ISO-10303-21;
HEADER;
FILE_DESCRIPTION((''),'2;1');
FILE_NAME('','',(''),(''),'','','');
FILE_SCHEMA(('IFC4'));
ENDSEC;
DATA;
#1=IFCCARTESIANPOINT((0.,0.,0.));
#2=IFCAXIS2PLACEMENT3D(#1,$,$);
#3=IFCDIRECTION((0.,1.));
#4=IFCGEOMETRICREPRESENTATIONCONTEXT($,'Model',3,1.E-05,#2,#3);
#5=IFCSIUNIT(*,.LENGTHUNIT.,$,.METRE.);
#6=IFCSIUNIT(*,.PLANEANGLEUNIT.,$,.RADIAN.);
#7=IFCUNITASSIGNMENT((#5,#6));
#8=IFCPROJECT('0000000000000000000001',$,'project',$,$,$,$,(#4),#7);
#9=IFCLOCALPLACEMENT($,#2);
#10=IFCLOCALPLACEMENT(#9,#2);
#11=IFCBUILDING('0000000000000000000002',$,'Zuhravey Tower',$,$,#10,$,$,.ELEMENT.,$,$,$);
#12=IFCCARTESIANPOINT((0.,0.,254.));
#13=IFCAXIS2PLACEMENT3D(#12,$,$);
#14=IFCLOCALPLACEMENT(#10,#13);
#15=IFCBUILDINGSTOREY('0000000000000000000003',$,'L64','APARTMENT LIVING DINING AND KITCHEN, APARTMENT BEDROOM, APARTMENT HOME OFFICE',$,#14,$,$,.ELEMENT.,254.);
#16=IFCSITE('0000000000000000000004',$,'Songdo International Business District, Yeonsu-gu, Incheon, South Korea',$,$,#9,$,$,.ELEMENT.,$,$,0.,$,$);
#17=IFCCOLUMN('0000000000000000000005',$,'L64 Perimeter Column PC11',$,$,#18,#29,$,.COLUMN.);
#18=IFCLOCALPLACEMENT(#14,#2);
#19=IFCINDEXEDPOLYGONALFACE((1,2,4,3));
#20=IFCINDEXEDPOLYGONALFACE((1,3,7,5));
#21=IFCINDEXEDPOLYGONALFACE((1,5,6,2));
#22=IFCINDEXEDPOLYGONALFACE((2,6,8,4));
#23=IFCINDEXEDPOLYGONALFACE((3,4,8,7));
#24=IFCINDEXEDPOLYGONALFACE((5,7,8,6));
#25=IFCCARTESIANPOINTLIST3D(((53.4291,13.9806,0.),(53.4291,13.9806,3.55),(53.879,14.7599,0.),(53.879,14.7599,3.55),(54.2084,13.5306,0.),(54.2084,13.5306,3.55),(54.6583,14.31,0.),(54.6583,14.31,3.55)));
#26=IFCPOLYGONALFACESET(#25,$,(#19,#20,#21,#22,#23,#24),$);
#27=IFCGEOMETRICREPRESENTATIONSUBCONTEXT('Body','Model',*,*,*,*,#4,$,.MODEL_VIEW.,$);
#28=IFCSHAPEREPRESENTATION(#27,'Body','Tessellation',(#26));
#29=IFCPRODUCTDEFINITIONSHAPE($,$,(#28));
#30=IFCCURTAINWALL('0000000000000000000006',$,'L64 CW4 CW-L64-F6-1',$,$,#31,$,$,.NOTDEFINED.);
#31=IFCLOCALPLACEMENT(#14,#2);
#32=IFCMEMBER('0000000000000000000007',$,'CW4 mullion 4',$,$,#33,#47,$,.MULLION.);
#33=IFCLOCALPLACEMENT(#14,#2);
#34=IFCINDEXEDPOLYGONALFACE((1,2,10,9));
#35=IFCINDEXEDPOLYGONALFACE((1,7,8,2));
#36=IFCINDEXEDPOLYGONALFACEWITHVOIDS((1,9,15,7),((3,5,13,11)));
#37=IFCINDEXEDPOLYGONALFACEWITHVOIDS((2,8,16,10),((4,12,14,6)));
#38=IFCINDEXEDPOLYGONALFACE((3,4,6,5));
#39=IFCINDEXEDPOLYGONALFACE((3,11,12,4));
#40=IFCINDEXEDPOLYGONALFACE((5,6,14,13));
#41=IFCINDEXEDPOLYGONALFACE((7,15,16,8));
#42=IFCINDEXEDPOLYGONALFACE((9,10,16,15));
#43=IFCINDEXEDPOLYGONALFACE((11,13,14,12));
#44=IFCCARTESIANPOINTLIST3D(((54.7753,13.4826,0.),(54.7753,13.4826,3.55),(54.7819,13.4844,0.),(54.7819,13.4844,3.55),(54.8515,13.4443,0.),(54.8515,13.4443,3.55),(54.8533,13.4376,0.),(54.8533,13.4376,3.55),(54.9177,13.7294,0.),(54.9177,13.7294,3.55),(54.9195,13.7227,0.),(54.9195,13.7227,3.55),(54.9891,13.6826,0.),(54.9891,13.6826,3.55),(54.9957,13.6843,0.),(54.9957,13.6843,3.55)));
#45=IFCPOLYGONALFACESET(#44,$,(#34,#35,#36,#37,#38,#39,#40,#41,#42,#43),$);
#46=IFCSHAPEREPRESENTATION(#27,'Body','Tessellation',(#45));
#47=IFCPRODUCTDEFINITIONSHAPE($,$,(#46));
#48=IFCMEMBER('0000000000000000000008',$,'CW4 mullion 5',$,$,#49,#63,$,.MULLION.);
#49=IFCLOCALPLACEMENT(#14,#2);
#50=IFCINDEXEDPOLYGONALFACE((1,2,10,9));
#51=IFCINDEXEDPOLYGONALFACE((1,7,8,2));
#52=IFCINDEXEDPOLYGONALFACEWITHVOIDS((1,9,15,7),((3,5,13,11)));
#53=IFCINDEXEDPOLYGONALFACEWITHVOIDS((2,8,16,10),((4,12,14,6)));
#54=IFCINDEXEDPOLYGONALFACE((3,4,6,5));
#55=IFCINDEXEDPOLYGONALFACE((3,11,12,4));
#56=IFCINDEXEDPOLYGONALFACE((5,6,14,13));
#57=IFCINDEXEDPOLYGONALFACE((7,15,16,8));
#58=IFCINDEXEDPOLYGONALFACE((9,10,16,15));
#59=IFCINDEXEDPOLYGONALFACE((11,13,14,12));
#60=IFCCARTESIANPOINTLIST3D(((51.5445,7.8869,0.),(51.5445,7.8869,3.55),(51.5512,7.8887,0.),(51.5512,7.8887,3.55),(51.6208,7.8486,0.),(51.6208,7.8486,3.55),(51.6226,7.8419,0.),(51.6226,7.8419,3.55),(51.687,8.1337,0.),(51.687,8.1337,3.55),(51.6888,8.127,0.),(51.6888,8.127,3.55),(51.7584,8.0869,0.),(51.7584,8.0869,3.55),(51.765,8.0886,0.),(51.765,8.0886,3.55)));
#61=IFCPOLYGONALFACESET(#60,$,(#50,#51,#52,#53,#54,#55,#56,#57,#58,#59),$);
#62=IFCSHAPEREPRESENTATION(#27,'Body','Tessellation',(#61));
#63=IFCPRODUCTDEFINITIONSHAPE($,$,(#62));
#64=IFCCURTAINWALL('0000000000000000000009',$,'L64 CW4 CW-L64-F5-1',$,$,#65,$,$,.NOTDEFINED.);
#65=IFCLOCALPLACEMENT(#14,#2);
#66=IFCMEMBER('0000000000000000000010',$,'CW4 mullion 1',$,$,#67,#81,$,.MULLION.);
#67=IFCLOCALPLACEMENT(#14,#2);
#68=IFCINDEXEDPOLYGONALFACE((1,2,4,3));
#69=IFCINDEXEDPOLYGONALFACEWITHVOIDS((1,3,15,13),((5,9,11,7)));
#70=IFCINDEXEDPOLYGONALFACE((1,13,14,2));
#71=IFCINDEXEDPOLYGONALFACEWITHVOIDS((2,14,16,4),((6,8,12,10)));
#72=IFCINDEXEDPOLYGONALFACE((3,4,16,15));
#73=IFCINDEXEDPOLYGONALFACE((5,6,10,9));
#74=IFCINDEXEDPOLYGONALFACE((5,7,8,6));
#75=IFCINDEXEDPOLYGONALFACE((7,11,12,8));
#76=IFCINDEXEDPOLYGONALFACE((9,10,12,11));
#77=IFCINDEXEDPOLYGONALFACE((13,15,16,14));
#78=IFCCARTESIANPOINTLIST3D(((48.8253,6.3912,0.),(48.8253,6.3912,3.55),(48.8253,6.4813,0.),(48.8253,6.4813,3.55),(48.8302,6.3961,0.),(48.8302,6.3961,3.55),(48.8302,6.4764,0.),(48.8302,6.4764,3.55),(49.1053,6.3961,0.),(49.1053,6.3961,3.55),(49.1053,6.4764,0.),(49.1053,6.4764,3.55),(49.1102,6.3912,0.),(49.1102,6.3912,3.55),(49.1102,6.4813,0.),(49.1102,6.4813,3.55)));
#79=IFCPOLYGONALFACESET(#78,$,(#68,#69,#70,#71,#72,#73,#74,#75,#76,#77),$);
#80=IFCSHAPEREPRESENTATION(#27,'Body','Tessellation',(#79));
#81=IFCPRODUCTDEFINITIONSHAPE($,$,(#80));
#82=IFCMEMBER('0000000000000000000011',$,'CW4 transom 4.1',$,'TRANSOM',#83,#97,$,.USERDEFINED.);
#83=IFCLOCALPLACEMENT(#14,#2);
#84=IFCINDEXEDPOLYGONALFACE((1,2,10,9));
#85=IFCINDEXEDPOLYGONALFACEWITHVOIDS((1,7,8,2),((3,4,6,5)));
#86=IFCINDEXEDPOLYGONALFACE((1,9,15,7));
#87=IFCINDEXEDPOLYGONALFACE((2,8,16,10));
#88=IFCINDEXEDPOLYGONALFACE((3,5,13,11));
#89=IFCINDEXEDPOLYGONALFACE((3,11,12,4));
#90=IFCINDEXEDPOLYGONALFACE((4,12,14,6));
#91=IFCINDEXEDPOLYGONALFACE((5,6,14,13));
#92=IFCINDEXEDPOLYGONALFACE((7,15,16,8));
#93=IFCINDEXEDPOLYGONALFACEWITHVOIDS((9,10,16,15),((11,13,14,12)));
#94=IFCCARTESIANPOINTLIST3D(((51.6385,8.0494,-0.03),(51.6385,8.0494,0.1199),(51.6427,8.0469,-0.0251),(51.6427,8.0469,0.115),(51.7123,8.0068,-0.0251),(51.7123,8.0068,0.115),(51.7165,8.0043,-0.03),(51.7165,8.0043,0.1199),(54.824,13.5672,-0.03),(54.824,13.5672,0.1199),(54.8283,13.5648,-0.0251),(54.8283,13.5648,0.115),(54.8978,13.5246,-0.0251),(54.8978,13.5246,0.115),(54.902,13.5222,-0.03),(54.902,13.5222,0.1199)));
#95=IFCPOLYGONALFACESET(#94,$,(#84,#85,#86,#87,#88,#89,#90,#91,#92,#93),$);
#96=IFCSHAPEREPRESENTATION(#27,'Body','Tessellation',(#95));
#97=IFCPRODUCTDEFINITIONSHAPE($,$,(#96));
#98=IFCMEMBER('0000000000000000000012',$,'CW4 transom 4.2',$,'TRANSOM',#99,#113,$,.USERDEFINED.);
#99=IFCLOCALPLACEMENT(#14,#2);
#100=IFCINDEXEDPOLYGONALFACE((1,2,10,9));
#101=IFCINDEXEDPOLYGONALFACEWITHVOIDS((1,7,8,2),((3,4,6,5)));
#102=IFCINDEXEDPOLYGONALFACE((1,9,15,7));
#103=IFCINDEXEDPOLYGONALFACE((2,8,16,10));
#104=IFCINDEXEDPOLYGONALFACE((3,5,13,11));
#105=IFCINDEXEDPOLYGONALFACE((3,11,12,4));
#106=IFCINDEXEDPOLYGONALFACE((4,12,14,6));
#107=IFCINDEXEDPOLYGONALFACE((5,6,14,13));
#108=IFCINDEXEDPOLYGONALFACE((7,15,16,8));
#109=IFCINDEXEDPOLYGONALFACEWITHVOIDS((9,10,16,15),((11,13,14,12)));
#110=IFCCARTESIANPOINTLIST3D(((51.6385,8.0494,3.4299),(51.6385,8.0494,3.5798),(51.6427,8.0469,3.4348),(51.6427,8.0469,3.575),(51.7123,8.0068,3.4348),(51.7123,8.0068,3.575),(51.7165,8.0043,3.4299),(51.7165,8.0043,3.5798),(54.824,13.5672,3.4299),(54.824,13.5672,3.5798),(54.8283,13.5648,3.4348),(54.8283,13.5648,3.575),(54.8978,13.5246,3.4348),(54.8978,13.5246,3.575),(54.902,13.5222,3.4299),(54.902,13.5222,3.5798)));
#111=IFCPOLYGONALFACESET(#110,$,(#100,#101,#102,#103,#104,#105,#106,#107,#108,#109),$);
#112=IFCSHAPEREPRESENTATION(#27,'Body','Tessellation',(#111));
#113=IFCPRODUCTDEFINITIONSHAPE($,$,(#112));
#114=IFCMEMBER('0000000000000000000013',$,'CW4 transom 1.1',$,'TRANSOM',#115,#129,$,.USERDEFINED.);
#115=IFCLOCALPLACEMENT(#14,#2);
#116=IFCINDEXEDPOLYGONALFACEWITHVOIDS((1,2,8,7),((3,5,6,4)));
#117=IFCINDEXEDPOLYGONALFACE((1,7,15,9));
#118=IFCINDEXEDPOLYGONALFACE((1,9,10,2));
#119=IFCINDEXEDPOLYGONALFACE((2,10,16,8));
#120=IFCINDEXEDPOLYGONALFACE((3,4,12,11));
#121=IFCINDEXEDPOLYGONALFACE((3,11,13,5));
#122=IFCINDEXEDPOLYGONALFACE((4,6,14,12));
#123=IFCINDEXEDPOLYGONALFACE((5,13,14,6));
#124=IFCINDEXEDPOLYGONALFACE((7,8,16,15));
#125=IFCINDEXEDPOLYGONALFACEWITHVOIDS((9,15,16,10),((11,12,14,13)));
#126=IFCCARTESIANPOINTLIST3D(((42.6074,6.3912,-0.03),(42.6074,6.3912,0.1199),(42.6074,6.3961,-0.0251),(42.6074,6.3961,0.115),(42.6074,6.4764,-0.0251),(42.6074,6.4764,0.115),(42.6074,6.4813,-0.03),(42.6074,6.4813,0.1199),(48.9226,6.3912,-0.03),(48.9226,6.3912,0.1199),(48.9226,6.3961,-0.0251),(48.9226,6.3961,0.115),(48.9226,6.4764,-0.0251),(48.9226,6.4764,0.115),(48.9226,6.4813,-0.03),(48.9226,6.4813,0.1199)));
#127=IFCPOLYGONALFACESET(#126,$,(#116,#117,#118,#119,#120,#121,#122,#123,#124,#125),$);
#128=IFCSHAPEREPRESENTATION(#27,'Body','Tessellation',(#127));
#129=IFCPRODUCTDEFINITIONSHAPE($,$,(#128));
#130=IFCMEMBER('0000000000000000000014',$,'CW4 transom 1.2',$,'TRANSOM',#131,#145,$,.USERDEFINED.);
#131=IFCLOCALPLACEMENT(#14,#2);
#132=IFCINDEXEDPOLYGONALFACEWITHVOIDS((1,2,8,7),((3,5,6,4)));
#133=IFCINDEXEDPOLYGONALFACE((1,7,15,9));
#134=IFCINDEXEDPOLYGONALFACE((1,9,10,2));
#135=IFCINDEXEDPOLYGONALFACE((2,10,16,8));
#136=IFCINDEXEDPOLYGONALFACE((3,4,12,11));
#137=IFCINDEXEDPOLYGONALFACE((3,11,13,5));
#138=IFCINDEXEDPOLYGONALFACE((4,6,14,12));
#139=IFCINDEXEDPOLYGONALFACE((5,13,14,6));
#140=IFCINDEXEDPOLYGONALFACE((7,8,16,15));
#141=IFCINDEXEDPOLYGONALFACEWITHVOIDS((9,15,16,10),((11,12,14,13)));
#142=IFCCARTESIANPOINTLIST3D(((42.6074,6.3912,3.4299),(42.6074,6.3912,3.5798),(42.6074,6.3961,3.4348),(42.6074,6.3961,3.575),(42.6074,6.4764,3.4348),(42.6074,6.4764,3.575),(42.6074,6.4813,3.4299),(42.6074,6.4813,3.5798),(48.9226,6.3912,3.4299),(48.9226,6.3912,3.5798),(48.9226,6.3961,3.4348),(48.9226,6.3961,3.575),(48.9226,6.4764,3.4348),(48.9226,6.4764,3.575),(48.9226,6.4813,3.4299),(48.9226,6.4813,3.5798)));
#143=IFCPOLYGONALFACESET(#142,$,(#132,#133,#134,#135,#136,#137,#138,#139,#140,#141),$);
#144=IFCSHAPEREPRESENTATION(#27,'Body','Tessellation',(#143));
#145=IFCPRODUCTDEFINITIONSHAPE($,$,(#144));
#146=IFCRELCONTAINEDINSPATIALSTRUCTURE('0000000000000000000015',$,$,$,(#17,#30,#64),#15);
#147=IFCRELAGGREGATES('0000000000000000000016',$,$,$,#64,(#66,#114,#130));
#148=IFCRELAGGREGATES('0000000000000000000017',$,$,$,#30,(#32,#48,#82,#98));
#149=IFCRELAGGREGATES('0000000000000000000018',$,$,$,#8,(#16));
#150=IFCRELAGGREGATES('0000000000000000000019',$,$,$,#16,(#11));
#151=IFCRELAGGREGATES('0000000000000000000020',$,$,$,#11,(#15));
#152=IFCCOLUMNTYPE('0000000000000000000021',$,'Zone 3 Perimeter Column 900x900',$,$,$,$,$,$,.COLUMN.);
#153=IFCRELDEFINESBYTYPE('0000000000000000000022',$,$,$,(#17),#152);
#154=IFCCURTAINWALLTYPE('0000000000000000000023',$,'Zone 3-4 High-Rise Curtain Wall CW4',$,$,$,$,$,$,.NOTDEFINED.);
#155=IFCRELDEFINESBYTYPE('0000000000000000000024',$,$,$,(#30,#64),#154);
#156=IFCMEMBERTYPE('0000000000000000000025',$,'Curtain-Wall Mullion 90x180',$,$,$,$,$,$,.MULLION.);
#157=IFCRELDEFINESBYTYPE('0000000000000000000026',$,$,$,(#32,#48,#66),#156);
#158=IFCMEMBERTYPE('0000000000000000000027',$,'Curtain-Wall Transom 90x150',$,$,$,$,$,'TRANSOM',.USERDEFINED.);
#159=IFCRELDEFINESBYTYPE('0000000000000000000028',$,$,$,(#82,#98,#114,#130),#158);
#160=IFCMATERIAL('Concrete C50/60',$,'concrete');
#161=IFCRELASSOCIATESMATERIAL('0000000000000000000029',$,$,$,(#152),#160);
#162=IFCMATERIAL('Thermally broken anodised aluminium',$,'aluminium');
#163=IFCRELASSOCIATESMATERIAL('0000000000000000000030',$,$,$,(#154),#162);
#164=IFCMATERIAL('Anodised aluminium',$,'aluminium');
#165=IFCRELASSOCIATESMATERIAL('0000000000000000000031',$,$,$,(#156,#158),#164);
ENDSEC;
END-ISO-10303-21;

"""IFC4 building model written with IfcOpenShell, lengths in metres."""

from ifc_helpers import new_model, si_unit, direction, frame, origin, origin_2d, place, context, subcontext, project, spatial, rectangle, hollow_rectangle, extrude, material, material_profile, profile_set, type_object, element, aggregate, save


model = new_model("IFC4")

# Units and contexts
model_context = context("Model", 3, precision=1e-05, world=origin(), true_north=direction((0.0, 1.0)))
body_context = subcontext(model_context, "Body", "Model", "MODEL_VIEW")
ifc_project = project(units=[si_unit("LENGTHUNIT", "METRE"), si_unit("PLANEANGLEUNIT", "RADIAN")], contexts=[model_context])

# Site, building, storey
site_placement = place(None, origin())
site = spatial("IfcSite", under=ifc_project, at=site_placement, Name="Songdo International Business District, Yeonsu-gu, Incheon, South Korea", CompositionType="ELEMENT", RefElevation=0.0)
building_placement = place(site_placement, origin())
building = spatial("IfcBuilding", under=site, at=building_placement, Name="Zuhravey Tower", CompositionType="ELEMENT")
storey_placement = place(building_placement, frame((0.0, 0.0, 254.0)))
storey = spatial("IfcBuildingStorey", under=building, at=storey_placement, Name="L64", Description="APARTMENT LIVING DINING AND KITCHEN, APARTMENT BEDROOM, APARTMENT HOME OFFICE", CompositionType="ELEMENT", Elevation=254.0)

# Column
ifc_material_1 = material(Name="Concrete C50/60", Category="concrete")
ifc_material_profile_1 = material_profile(ifc_material_1, rectangle(XDim=0.8999, YDim=0.8999, at=origin_2d()), Name="RC-900x900")
ifc_profile_set_1 = profile_set([ifc_material_profile_1], Name="Concrete C50/60")
column_type = type_object("IfcColumnType", Name="Zone 3 Perimeter Column 900x900", PredefinedType="COLUMN", material=ifc_profile_set_1)
column_placement = place(storey_placement, frame((54.0437, 14.1453, 0.0), z_axis=(0.0, 0.0, 1.0), x_axis=(0.5, 0.866025, 0.0)))
element("IfcColumn", 1, at=column_placement, inside=storey, type_object=column_type, Name="L64 Perimeter Column PC11", PredefinedType="COLUMN", context=body_context, shape_type="SweptSolid", body=[
    extrude(rectangle(XDim=0.8999, YDim=0.8999, at=origin_2d()), origin(), (0.0, 0.0, 1.0), 3.55),
])

# Curtain wall, members
ifc_material_2 = material(Name="Thermally broken anodised aluminium", Category="aluminium")
curtain_wall_type = type_object("IfcCurtainWallType", Name="Zone 3-4 High-Rise Curtain Wall CW4", PredefinedType="NOTDEFINED", material=ifc_material_2)
curtain_wall_1_placement = place(storey_placement, origin())
curtain_wall_1 = element("IfcCurtainWall", 2, at=curtain_wall_1_placement, inside=storey, type_object=curtain_wall_type, Name="L64 CW4 CW-L64-F6-1", PredefinedType="NOTDEFINED")
ifc_material_3 = material(Name="Anodised aluminium", Category="aluminium")
ifc_material_profile_2 = material_profile(ifc_material_3, hollow_rectangle(XDim=0.0901, YDim=0.2849, WallThickness=0.0049, at=origin_2d()), Name="ALU-RHS-90x285x5")
ifc_profile_set_2 = profile_set([ifc_material_profile_2], Name="Anodised aluminium")
member_type_1 = type_object("IfcMemberType", Name="Curtain-Wall Mullion 90x180", PredefinedType="MULLION", material=ifc_profile_set_2)
member_1_placement = place(storey_placement, frame((54.8855, 13.5835, 0.0), z_axis=(0.0, 0.0, 1.0), x_axis=(0.866025, -0.500001, 0.0)))
member_1 = element("IfcMember", 3, at=member_1_placement, type_object=member_type_1, Name="CW4 mullion 4", PredefinedType="MULLION", context=body_context, shape_type="SweptSolid", body=[
    extrude(hollow_rectangle(XDim=0.0901, YDim=0.2849, WallThickness=0.0049, at=origin_2d()), origin(), (0.0, 0.0, 1.0), 3.55),
])
member_2_placement = place(storey_placement, frame((51.6548, 7.9878, 0.0), z_axis=(0.0, 0.0, 1.0), x_axis=(0.866025, -0.500001, 0.0)))
member_2 = element("IfcMember", 4, at=member_2_placement, type_object=member_type_1, Name="CW4 mullion 5", PredefinedType="MULLION", context=body_context, shape_type="SweptSolid", body=[
    extrude(hollow_rectangle(XDim=0.0901, YDim=0.2849, WallThickness=0.0049, at=origin_2d()), origin(), (0.0, 0.0, 1.0), 3.55),
])

# Curtain wall, member
curtain_wall_2_placement = place(storey_placement, origin())
curtain_wall_2 = element("IfcCurtainWall", 5, at=curtain_wall_2_placement, inside=storey, type_object=curtain_wall_type, Name="L64 CW4 CW-L64-F5-1", PredefinedType="NOTDEFINED")
member_3_placement = place(storey_placement, frame((48.9678, 6.4363, 0.0), z_axis=(0.0, 0.0, 1.0), x_axis=(0.0, -1.0, 0.0)))
member_3 = element("IfcMember", 6, at=member_3_placement, type_object=member_type_1, Name="CW4 mullion 1", PredefinedType="MULLION", context=body_context, shape_type="SweptSolid", body=[
    extrude(hollow_rectangle(XDim=0.0901, YDim=0.2849, WallThickness=0.0049, at=origin_2d()), origin(), (0.0, 0.0, 1.0), 3.55),
])

# Members
ifc_material_profile_3 = material_profile(ifc_material_3, hollow_rectangle(XDim=0.0901, YDim=0.1499, WallThickness=0.0049, at=origin_2d()), Name="ALU-RHS-90x150x5")
ifc_profile_set_3 = profile_set([ifc_material_profile_3], Name="Anodised aluminium")
member_type_2 = type_object("IfcMemberType", Name="Curtain-Wall Transom 90x150", ElementType="TRANSOM", PredefinedType="USERDEFINED", material=ifc_profile_set_3)
member_4_placement = place(storey_placement, frame((54.863, 13.5447, 0.0449), z_axis=(-0.49998, -0.866037, 0.0), x_axis=(0.866037, -0.49998, 0.0)))
member_4 = element("IfcMember", 7, at=member_4_placement, type_object=member_type_2, Name="CW4 transom 4.1", ObjectType="TRANSOM", PredefinedType="USERDEFINED", context=body_context, shape_type="SweptSolid", body=[
    extrude(hollow_rectangle(XDim=0.0901, YDim=0.1499, WallThickness=0.0049, at=origin_2d()), origin(), (0.0, 0.0, 1.0), 6.3713),
])
member_5_placement = place(storey_placement, frame((54.863, 13.5447, 3.5049), z_axis=(-0.49998, -0.866037, 0.0), x_axis=(0.866037, -0.49998, 0.0)))
member_5 = element("IfcMember", 8, at=member_5_placement, type_object=member_type_2, Name="CW4 transom 4.2", ObjectType="TRANSOM", PredefinedType="USERDEFINED", context=body_context, shape_type="SweptSolid", body=[
    extrude(hollow_rectangle(XDim=0.0901, YDim=0.1499, WallThickness=0.0049, at=origin_2d()), origin(), (0.0, 0.0, 1.0), 6.3713),
])
member_6_placement = place(storey_placement, frame((48.9226, 6.4363, 0.0449), z_axis=(-1.0, 0.0, 0.0), x_axis=(0.0, -1.0, 0.0)))
member_6 = element("IfcMember", 9, at=member_6_placement, type_object=member_type_2, Name="CW4 transom 1.1", ObjectType="TRANSOM", PredefinedType="USERDEFINED", context=body_context, shape_type="SweptSolid", body=[
    extrude(hollow_rectangle(XDim=0.0901, YDim=0.1499, WallThickness=0.0049, at=origin_2d()), origin(), (0.0, 0.0, 1.0), 6.3152),
])
member_7_placement = place(storey_placement, frame((48.9226, 6.4363, 3.5049), z_axis=(-1.0, 0.0, 0.0), x_axis=(0.0, -1.0, 0.0)))
member_7 = element("IfcMember", 10, at=member_7_placement, type_object=member_type_2, Name="CW4 transom 1.2", ObjectType="TRANSOM", PredefinedType="USERDEFINED", context=body_context, shape_type="SweptSolid", body=[
    extrude(hollow_rectangle(XDim=0.0901, YDim=0.1499, WallThickness=0.0049, at=origin_2d()), origin(), (0.0, 0.0, 1.0), 6.3152),
])
aggregate(curtain_wall_2, [member_3, member_6, member_7])

aggregate(curtain_wall_1, [member_1, member_2, member_4, member_5])

save(model, "model.ifc")
